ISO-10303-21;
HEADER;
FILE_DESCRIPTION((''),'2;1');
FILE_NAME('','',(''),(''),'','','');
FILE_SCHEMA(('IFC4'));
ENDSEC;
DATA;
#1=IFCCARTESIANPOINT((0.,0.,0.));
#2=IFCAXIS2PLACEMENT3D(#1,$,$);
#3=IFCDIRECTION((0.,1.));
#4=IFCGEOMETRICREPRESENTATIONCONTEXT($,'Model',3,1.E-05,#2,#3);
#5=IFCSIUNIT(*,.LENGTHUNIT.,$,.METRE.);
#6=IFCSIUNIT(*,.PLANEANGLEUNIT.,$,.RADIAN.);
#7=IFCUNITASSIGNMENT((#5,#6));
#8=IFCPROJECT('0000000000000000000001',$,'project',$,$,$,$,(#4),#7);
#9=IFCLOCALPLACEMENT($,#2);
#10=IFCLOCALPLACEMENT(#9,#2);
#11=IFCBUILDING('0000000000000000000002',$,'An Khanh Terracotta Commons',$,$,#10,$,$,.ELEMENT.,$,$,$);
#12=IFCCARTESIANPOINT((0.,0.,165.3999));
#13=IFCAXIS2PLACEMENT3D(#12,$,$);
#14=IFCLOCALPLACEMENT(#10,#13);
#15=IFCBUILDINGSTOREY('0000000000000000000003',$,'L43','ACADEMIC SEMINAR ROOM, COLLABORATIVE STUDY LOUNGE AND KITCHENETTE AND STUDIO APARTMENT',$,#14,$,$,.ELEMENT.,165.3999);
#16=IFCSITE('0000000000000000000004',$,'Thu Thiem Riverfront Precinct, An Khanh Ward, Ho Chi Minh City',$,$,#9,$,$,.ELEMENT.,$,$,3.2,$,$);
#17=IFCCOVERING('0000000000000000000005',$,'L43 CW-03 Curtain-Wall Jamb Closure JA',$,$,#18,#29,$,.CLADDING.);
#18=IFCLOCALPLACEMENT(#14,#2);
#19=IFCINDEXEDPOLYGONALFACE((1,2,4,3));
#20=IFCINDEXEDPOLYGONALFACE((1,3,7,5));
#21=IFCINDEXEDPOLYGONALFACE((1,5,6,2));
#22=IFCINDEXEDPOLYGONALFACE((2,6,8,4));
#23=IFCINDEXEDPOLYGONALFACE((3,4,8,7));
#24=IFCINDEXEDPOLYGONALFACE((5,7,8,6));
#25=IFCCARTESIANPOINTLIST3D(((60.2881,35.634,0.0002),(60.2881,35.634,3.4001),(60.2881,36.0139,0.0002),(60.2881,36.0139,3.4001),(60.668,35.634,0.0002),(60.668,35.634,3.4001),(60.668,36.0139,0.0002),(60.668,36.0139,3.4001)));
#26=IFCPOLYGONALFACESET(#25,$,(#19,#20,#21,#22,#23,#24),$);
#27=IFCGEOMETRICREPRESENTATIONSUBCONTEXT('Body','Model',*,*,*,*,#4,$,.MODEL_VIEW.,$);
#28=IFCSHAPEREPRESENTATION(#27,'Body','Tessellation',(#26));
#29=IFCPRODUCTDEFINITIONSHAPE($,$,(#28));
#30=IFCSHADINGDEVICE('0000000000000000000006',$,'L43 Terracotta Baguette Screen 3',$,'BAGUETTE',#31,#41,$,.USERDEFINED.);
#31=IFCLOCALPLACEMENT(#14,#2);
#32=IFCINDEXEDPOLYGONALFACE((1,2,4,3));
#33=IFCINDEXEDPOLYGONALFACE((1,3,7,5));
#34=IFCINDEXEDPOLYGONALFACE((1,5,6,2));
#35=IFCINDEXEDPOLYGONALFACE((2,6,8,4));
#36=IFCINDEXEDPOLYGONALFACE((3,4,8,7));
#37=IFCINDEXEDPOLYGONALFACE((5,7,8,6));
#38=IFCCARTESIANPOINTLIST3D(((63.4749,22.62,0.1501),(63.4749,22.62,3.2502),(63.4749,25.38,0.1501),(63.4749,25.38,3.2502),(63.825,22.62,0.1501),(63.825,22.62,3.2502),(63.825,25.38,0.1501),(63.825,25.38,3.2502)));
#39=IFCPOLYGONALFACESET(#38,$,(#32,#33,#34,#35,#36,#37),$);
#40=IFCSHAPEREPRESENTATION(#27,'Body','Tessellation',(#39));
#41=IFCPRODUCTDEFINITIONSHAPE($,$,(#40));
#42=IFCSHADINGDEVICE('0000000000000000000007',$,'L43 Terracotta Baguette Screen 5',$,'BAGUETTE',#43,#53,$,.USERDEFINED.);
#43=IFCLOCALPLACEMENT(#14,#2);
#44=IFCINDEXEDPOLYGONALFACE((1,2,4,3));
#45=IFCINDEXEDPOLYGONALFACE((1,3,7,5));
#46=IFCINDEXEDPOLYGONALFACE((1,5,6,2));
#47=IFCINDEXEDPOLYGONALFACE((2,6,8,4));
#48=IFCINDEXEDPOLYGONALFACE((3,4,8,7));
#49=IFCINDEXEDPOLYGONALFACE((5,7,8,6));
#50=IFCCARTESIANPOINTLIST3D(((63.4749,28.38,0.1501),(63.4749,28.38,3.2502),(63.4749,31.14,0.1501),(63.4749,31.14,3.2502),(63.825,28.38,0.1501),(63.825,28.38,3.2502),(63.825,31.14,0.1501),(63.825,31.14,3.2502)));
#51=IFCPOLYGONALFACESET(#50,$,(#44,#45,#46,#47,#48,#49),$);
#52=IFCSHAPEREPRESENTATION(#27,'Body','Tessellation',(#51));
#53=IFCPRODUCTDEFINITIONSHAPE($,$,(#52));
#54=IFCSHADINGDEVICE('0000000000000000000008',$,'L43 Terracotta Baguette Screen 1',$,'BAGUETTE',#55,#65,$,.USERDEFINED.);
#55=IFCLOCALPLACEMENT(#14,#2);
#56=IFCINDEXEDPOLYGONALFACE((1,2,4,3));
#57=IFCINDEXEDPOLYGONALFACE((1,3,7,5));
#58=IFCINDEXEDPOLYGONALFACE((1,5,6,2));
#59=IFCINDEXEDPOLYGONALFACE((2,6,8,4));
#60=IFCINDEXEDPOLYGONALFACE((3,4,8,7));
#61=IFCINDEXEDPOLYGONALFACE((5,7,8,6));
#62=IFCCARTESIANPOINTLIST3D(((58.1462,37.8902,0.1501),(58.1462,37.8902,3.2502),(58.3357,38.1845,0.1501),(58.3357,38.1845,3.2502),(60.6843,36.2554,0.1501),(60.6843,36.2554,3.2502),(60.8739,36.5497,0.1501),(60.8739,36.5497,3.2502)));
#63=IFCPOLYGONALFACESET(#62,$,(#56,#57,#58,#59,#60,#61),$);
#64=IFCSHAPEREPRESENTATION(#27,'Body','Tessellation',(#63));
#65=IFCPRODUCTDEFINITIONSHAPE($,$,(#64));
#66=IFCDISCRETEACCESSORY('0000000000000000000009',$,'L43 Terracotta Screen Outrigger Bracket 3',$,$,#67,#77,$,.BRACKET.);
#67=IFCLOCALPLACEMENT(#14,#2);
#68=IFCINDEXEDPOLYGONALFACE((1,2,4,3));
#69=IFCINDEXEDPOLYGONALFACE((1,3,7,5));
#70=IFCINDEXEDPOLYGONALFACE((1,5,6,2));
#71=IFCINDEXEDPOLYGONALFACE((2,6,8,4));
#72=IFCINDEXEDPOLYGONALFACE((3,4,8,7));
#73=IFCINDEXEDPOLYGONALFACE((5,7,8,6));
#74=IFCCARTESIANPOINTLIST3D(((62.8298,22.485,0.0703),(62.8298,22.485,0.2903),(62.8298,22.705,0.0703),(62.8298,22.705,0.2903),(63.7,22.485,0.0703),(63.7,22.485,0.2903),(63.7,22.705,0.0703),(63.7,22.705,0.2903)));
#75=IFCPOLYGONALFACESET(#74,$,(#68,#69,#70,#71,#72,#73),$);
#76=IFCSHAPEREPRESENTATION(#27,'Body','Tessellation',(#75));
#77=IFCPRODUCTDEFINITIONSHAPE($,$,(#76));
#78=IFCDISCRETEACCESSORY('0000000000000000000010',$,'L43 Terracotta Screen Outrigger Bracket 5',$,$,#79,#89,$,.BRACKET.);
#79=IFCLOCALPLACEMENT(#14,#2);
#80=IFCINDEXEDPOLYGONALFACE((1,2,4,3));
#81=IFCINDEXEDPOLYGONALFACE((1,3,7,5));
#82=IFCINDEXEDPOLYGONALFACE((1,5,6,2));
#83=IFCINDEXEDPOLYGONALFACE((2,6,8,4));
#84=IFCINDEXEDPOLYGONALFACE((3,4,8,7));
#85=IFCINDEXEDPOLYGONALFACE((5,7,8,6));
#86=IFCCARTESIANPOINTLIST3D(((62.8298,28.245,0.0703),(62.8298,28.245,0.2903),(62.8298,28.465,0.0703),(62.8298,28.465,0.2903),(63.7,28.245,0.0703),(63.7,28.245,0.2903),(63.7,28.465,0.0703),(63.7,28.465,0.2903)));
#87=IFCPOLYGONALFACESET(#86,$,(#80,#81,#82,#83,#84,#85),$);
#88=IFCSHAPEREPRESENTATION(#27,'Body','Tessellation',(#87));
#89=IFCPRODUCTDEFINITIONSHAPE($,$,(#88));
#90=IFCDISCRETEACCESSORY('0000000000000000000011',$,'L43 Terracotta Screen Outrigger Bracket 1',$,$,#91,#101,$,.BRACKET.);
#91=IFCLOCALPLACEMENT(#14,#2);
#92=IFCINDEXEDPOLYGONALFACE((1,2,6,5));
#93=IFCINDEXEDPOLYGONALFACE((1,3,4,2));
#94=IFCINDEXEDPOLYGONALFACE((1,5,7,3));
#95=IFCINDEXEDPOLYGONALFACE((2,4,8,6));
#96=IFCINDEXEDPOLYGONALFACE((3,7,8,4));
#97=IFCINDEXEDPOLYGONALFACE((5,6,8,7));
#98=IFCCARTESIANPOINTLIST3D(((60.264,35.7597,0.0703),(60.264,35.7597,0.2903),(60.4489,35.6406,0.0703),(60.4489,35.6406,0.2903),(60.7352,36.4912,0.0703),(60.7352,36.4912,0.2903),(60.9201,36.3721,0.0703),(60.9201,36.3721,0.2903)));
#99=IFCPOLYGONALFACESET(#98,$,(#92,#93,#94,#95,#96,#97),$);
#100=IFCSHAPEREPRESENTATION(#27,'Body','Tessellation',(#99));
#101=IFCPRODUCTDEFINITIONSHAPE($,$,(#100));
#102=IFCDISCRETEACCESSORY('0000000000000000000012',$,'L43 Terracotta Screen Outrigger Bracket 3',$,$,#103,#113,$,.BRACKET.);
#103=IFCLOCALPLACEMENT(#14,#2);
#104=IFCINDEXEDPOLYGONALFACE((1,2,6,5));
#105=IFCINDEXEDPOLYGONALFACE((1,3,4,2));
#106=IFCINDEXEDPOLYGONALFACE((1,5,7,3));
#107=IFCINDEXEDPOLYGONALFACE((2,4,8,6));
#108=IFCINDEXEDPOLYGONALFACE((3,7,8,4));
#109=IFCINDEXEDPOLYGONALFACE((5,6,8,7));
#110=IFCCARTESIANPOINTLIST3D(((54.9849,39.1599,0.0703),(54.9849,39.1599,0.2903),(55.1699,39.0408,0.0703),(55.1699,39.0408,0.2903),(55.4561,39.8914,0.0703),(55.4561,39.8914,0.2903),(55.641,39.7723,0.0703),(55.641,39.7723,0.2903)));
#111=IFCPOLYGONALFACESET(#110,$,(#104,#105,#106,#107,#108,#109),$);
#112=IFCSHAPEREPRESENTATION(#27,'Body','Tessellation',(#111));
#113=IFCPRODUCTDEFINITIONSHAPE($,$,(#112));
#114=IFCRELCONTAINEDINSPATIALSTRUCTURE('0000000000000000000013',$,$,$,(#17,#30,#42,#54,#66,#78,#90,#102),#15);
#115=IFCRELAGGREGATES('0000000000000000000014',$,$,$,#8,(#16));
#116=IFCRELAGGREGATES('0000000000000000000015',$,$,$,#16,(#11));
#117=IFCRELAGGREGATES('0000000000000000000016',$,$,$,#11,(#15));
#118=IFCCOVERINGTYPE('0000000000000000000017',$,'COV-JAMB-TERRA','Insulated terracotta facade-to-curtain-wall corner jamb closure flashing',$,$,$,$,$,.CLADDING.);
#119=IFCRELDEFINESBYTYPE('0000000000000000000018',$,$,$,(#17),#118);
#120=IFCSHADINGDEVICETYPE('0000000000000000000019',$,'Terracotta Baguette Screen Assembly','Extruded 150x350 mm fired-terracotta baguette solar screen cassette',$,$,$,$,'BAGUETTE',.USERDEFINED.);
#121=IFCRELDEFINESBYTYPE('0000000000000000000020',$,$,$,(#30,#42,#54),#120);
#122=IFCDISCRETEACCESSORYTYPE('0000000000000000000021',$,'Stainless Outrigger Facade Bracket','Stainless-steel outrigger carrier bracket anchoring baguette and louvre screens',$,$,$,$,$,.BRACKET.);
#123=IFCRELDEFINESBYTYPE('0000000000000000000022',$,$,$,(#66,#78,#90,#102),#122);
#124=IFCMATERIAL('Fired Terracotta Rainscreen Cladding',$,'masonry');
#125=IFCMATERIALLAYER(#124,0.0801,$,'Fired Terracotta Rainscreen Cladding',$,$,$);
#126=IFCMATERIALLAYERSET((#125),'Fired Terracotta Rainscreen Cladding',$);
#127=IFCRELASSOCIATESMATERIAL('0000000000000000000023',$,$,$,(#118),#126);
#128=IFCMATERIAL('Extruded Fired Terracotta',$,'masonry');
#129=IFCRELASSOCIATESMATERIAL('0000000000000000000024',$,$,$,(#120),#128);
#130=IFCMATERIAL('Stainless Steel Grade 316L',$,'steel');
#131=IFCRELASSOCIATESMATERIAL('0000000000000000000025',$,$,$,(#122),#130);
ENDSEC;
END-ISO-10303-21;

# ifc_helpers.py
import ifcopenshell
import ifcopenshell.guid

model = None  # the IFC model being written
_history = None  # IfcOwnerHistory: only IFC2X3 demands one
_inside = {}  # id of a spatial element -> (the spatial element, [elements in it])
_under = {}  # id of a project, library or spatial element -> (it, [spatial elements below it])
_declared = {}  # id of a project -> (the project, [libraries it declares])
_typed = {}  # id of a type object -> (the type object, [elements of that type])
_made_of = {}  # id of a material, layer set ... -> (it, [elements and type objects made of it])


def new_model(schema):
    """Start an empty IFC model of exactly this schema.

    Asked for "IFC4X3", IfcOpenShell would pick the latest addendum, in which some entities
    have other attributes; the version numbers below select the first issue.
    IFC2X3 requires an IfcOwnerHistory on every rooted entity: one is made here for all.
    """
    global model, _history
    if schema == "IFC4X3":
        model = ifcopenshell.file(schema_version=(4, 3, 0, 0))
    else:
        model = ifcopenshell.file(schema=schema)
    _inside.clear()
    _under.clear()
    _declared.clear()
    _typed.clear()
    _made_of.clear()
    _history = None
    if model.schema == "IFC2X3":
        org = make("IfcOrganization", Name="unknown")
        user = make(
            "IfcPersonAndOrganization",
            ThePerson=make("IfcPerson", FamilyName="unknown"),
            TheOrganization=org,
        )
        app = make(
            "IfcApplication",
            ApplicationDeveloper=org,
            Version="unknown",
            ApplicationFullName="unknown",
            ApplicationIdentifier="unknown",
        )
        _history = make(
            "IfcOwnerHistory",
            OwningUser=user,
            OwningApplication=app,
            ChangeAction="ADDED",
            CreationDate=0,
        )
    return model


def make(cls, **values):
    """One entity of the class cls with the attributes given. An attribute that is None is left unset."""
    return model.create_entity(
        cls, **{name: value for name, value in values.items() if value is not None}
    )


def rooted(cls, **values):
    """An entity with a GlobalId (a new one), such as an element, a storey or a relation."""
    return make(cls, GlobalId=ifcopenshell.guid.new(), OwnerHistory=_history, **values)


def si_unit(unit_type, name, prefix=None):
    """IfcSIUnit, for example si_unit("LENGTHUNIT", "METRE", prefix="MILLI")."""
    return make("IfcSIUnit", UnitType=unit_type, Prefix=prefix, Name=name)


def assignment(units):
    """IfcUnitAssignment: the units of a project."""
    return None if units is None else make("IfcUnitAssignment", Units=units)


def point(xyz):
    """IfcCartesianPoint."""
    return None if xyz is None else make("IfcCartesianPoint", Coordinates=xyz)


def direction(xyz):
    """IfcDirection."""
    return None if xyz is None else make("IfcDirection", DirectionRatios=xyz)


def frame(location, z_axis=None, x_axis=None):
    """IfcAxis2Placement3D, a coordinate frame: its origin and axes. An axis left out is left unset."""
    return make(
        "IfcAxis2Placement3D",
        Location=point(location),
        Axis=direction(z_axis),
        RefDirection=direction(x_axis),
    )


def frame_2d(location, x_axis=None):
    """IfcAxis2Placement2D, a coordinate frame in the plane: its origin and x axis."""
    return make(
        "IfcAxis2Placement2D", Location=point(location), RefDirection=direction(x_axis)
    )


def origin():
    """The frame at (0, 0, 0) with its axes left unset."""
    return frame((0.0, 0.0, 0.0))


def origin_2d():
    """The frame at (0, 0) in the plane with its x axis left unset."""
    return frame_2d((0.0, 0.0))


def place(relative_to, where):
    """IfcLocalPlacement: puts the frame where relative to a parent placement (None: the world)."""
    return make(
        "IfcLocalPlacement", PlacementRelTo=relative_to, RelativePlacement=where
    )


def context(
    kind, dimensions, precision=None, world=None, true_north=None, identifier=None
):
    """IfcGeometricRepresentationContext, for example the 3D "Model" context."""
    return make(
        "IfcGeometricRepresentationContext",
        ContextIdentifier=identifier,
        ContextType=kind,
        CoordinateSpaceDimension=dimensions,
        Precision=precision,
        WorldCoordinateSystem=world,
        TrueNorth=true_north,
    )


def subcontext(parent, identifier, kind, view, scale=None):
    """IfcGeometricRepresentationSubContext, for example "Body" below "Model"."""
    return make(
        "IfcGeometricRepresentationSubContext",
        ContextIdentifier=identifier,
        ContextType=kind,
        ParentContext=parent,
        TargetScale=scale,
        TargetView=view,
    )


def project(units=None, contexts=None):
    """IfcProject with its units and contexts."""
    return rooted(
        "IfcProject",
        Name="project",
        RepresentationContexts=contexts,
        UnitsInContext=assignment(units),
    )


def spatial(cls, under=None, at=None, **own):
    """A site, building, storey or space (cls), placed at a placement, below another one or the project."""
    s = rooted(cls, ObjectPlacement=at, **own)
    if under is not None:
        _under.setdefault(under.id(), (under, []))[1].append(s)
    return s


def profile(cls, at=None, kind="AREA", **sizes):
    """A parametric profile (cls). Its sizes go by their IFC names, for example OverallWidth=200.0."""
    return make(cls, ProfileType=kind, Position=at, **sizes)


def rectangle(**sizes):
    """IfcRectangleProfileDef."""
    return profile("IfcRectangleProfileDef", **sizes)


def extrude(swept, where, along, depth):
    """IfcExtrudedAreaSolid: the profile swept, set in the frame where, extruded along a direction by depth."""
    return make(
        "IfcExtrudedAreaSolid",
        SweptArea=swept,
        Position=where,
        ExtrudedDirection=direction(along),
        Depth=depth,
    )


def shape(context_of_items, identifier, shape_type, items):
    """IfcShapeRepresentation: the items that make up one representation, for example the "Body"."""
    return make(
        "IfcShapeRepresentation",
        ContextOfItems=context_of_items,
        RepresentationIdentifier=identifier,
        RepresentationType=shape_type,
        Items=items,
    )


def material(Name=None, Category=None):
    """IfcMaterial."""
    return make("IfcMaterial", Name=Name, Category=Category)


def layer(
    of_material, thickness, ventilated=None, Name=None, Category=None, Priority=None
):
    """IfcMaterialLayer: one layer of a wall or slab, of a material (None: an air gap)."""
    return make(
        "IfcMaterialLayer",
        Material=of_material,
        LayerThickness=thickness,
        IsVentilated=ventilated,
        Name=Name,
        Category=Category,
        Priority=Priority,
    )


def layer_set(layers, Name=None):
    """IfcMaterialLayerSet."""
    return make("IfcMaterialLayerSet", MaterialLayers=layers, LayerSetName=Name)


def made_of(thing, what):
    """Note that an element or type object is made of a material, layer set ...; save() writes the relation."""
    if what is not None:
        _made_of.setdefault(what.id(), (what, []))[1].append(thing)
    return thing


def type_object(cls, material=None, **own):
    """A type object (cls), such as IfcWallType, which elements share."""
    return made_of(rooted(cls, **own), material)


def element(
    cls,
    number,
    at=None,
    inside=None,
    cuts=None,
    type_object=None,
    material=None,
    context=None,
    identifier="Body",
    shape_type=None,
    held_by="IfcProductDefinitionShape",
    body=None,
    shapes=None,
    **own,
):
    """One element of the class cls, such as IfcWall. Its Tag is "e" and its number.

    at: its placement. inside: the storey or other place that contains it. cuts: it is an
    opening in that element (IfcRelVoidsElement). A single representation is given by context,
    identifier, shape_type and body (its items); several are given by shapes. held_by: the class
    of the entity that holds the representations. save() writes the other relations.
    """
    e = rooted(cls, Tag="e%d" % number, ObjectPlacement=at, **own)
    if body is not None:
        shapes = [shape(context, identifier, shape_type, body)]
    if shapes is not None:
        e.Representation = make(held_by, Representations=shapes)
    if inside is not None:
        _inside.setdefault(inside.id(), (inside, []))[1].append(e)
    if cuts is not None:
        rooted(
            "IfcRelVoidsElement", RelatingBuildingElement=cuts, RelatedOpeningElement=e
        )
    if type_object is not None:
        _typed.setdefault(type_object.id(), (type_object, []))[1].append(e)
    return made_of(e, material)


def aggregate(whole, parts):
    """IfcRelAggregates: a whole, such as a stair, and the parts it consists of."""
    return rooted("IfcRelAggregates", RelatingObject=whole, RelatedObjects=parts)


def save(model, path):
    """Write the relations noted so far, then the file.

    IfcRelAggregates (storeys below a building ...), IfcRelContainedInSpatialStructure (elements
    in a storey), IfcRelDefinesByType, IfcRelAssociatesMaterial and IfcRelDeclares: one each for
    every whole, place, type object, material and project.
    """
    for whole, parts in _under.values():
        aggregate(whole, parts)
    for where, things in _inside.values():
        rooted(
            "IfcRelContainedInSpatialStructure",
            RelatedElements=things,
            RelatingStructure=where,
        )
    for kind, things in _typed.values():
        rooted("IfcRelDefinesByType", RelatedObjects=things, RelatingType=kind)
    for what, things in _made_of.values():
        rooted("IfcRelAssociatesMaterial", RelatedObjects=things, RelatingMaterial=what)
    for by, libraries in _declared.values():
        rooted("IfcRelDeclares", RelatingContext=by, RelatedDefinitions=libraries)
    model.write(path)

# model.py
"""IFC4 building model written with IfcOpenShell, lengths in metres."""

from ifc_helpers import new_model, si_unit, direction, frame, origin, origin_2d, place, context, subcontext, project, spatial, rectangle, extrude, material, layer, layer_set, type_object, element, save


model = new_model("IFC4")

# Units and contexts
model_context = context("Model", 3, precision=1e-05, world=origin(), true_north=direction((0.0, 1.0)))
body_context = subcontext(model_context, "Body", "Model", "MODEL_VIEW")
ifc_project = project(units=[si_unit("LENGTHUNIT", "METRE"), si_unit("PLANEANGLEUNIT", "RADIAN")], contexts=[model_context])

# Site, building, storey
site_placement = place(None, origin())
site = spatial("IfcSite", under=ifc_project, at=site_placement, Name="Thu Thiem Riverfront Precinct, An Khanh Ward, Ho Chi Minh City", CompositionType="ELEMENT", RefElevation=3.2)
building_placement = place(site_placement, origin())
building = spatial("IfcBuilding", under=site, at=building_placement, Name="An Khanh Terracotta Commons", CompositionType="ELEMENT")
storey_placement = place(building_placement, frame((0.0, 0.0, 165.3999)))
storey = spatial("IfcBuildingStorey", under=building, at=storey_placement, Name="L43", Description="ACADEMIC SEMINAR ROOM, COLLABORATIVE STUDY LOUNGE AND KITCHENETTE AND STUDIO APARTMENT", CompositionType="ELEMENT", Elevation=165.3999)

# Covering
ifc_material_1 = material(Name="Fired Terracotta Rainscreen Cladding", Category="masonry")
ifc_layer_1 = layer(ifc_material_1, 0.0801, Name="Fired Terracotta Rainscreen Cladding")
ifc_layer_set_1 = layer_set([ifc_layer_1], Name="Fired Terracotta Rainscreen Cladding")
covering_type = type_object("IfcCoveringType", Name="COV-JAMB-TERRA", Description="Insulated terracotta facade-to-curtain-wall corner jamb closure flashing", PredefinedType="CLADDING", material=ifc_layer_set_1)
for number, where, z_axis, x_axis, name in (
    (1, (60.478, 35.824, 0.0002), (0.0, 0.0, 1.0), (1.0, 0.0, 0.0), "L43 CW-03 Curtain-Wall Jamb Closure JA"),
):
    element("IfcCovering", number, at=place(storey_placement, frame(where, z_axis=z_axis, x_axis=x_axis)), inside=storey, type_object=covering_type, Name=name, PredefinedType="CLADDING", context=body_context, shape_type="SweptSolid", body=[
        extrude(rectangle(XDim=0.3799, YDim=0.3799, at=origin_2d()), origin(), (0.0, 0.0, 1.0), 3.3999),
    ])

# Shading devices
ifc_material_2 = material(Name="Extruded Fired Terracotta", Category="masonry")
shading_device_type = type_object("IfcShadingDeviceType", Name="Terracotta Baguette Screen Assembly", Description="Extruded 150x350 mm fired-terracotta baguette solar screen cassette", ElementType="BAGUETTE", PredefinedType="USERDEFINED", material=ifc_material_2)
for number, where, z_axis, x_axis, name in (
    (2, (63.6499, 24.0, 0.1501), (0.0, 0.0, 1.0), (0.0, 1.0, 0.0), "L43 Terracotta Baguette Screen 3"),
    (3, (63.6499, 29.76, 0.1501), (0.0, 0.0, 1.0), (0.0, 1.0, 0.0), "L43 Terracotta Baguette Screen 5"),
):
    element("IfcShadingDevice", number, at=place(storey_placement, frame(where, z_axis=z_axis, x_axis=x_axis)), inside=storey, type_object=shading_device_type, Name=name, ObjectType="BAGUETTE", PredefinedType="USERDEFINED", context=body_context, shape_type="SweptSolid", body=[
        extrude(rectangle(XDim=2.76, YDim=0.3501, at=origin_2d()), origin(), (0.0, 0.0, 1.0), 3.1001),
    ])
shading_device_placement = place(storey_placement, frame((59.51, 37.22, 0.1501), z_axis=(0.0, 0.0, 1.0), x_axis=(-0.840702, 0.541498, 0.0)))
element("IfcShadingDevice", 4, at=shading_device_placement, inside=storey, type_object=shading_device_type, Name="L43 Terracotta Baguette Screen 1", ObjectType="BAGUETTE", PredefinedType="USERDEFINED", context=body_context, shape_type="SweptSolid", body=[
    extrude(rectangle(XDim=3.019, YDim=0.3501, at=origin_2d()), origin(), (0.0, 0.0, 1.0), 3.1001),
])

# Discrete accessories
ifc_material_3 = material(Name="Stainless Steel Grade 316L", Category="steel")
discrete_accessory_type = type_object("IfcDiscreteAccessoryType", Name="Stainless Outrigger Facade Bracket", Description="Stainless-steel outrigger carrier bracket anchoring baguette and louvre screens", PredefinedType="BRACKET", material=ifc_material_3)
for number, where, z_axis, x_axis, name in (
    (5, (63.2649, 22.595, 0.0703), (0.0, 0.0, 1.0), (0.0, 1.0, 0.0), "L43 Terracotta Screen Outrigger Bracket 3"),
    (6, (63.2649, 28.355, 0.0703), (0.0, 0.0, 1.0), (0.0, 1.0, 0.0), "L43 Terracotta Screen Outrigger Bracket 5"),
    (7, (60.592, 36.0659, 0.0703), (0.0, 0.0, 1.0), (-0.840702, 0.541498, 0.0), "L43 Terracotta Screen Outrigger Bracket 1"),
    (8, (55.313, 39.4661, 0.0703), (0.0, 0.0, 1.0), (-0.840702, 0.541498, 0.0), "L43 Terracotta Screen Outrigger Bracket 3"),
):
    element("IfcDiscreteAccessory", number, at=place(storey_placement, frame(where, z_axis=z_axis, x_axis=x_axis)), inside=storey, type_object=discrete_accessory_type, Name=name, PredefinedType="BRACKET", context=body_context, shape_type="SweptSolid", body=[
        extrude(rectangle(XDim=0.22, YDim=0.8701, at=origin_2d()), origin(), (0.0, 0.0, 1.0), 0.22),
    ])

save(model, "model.ifc")
